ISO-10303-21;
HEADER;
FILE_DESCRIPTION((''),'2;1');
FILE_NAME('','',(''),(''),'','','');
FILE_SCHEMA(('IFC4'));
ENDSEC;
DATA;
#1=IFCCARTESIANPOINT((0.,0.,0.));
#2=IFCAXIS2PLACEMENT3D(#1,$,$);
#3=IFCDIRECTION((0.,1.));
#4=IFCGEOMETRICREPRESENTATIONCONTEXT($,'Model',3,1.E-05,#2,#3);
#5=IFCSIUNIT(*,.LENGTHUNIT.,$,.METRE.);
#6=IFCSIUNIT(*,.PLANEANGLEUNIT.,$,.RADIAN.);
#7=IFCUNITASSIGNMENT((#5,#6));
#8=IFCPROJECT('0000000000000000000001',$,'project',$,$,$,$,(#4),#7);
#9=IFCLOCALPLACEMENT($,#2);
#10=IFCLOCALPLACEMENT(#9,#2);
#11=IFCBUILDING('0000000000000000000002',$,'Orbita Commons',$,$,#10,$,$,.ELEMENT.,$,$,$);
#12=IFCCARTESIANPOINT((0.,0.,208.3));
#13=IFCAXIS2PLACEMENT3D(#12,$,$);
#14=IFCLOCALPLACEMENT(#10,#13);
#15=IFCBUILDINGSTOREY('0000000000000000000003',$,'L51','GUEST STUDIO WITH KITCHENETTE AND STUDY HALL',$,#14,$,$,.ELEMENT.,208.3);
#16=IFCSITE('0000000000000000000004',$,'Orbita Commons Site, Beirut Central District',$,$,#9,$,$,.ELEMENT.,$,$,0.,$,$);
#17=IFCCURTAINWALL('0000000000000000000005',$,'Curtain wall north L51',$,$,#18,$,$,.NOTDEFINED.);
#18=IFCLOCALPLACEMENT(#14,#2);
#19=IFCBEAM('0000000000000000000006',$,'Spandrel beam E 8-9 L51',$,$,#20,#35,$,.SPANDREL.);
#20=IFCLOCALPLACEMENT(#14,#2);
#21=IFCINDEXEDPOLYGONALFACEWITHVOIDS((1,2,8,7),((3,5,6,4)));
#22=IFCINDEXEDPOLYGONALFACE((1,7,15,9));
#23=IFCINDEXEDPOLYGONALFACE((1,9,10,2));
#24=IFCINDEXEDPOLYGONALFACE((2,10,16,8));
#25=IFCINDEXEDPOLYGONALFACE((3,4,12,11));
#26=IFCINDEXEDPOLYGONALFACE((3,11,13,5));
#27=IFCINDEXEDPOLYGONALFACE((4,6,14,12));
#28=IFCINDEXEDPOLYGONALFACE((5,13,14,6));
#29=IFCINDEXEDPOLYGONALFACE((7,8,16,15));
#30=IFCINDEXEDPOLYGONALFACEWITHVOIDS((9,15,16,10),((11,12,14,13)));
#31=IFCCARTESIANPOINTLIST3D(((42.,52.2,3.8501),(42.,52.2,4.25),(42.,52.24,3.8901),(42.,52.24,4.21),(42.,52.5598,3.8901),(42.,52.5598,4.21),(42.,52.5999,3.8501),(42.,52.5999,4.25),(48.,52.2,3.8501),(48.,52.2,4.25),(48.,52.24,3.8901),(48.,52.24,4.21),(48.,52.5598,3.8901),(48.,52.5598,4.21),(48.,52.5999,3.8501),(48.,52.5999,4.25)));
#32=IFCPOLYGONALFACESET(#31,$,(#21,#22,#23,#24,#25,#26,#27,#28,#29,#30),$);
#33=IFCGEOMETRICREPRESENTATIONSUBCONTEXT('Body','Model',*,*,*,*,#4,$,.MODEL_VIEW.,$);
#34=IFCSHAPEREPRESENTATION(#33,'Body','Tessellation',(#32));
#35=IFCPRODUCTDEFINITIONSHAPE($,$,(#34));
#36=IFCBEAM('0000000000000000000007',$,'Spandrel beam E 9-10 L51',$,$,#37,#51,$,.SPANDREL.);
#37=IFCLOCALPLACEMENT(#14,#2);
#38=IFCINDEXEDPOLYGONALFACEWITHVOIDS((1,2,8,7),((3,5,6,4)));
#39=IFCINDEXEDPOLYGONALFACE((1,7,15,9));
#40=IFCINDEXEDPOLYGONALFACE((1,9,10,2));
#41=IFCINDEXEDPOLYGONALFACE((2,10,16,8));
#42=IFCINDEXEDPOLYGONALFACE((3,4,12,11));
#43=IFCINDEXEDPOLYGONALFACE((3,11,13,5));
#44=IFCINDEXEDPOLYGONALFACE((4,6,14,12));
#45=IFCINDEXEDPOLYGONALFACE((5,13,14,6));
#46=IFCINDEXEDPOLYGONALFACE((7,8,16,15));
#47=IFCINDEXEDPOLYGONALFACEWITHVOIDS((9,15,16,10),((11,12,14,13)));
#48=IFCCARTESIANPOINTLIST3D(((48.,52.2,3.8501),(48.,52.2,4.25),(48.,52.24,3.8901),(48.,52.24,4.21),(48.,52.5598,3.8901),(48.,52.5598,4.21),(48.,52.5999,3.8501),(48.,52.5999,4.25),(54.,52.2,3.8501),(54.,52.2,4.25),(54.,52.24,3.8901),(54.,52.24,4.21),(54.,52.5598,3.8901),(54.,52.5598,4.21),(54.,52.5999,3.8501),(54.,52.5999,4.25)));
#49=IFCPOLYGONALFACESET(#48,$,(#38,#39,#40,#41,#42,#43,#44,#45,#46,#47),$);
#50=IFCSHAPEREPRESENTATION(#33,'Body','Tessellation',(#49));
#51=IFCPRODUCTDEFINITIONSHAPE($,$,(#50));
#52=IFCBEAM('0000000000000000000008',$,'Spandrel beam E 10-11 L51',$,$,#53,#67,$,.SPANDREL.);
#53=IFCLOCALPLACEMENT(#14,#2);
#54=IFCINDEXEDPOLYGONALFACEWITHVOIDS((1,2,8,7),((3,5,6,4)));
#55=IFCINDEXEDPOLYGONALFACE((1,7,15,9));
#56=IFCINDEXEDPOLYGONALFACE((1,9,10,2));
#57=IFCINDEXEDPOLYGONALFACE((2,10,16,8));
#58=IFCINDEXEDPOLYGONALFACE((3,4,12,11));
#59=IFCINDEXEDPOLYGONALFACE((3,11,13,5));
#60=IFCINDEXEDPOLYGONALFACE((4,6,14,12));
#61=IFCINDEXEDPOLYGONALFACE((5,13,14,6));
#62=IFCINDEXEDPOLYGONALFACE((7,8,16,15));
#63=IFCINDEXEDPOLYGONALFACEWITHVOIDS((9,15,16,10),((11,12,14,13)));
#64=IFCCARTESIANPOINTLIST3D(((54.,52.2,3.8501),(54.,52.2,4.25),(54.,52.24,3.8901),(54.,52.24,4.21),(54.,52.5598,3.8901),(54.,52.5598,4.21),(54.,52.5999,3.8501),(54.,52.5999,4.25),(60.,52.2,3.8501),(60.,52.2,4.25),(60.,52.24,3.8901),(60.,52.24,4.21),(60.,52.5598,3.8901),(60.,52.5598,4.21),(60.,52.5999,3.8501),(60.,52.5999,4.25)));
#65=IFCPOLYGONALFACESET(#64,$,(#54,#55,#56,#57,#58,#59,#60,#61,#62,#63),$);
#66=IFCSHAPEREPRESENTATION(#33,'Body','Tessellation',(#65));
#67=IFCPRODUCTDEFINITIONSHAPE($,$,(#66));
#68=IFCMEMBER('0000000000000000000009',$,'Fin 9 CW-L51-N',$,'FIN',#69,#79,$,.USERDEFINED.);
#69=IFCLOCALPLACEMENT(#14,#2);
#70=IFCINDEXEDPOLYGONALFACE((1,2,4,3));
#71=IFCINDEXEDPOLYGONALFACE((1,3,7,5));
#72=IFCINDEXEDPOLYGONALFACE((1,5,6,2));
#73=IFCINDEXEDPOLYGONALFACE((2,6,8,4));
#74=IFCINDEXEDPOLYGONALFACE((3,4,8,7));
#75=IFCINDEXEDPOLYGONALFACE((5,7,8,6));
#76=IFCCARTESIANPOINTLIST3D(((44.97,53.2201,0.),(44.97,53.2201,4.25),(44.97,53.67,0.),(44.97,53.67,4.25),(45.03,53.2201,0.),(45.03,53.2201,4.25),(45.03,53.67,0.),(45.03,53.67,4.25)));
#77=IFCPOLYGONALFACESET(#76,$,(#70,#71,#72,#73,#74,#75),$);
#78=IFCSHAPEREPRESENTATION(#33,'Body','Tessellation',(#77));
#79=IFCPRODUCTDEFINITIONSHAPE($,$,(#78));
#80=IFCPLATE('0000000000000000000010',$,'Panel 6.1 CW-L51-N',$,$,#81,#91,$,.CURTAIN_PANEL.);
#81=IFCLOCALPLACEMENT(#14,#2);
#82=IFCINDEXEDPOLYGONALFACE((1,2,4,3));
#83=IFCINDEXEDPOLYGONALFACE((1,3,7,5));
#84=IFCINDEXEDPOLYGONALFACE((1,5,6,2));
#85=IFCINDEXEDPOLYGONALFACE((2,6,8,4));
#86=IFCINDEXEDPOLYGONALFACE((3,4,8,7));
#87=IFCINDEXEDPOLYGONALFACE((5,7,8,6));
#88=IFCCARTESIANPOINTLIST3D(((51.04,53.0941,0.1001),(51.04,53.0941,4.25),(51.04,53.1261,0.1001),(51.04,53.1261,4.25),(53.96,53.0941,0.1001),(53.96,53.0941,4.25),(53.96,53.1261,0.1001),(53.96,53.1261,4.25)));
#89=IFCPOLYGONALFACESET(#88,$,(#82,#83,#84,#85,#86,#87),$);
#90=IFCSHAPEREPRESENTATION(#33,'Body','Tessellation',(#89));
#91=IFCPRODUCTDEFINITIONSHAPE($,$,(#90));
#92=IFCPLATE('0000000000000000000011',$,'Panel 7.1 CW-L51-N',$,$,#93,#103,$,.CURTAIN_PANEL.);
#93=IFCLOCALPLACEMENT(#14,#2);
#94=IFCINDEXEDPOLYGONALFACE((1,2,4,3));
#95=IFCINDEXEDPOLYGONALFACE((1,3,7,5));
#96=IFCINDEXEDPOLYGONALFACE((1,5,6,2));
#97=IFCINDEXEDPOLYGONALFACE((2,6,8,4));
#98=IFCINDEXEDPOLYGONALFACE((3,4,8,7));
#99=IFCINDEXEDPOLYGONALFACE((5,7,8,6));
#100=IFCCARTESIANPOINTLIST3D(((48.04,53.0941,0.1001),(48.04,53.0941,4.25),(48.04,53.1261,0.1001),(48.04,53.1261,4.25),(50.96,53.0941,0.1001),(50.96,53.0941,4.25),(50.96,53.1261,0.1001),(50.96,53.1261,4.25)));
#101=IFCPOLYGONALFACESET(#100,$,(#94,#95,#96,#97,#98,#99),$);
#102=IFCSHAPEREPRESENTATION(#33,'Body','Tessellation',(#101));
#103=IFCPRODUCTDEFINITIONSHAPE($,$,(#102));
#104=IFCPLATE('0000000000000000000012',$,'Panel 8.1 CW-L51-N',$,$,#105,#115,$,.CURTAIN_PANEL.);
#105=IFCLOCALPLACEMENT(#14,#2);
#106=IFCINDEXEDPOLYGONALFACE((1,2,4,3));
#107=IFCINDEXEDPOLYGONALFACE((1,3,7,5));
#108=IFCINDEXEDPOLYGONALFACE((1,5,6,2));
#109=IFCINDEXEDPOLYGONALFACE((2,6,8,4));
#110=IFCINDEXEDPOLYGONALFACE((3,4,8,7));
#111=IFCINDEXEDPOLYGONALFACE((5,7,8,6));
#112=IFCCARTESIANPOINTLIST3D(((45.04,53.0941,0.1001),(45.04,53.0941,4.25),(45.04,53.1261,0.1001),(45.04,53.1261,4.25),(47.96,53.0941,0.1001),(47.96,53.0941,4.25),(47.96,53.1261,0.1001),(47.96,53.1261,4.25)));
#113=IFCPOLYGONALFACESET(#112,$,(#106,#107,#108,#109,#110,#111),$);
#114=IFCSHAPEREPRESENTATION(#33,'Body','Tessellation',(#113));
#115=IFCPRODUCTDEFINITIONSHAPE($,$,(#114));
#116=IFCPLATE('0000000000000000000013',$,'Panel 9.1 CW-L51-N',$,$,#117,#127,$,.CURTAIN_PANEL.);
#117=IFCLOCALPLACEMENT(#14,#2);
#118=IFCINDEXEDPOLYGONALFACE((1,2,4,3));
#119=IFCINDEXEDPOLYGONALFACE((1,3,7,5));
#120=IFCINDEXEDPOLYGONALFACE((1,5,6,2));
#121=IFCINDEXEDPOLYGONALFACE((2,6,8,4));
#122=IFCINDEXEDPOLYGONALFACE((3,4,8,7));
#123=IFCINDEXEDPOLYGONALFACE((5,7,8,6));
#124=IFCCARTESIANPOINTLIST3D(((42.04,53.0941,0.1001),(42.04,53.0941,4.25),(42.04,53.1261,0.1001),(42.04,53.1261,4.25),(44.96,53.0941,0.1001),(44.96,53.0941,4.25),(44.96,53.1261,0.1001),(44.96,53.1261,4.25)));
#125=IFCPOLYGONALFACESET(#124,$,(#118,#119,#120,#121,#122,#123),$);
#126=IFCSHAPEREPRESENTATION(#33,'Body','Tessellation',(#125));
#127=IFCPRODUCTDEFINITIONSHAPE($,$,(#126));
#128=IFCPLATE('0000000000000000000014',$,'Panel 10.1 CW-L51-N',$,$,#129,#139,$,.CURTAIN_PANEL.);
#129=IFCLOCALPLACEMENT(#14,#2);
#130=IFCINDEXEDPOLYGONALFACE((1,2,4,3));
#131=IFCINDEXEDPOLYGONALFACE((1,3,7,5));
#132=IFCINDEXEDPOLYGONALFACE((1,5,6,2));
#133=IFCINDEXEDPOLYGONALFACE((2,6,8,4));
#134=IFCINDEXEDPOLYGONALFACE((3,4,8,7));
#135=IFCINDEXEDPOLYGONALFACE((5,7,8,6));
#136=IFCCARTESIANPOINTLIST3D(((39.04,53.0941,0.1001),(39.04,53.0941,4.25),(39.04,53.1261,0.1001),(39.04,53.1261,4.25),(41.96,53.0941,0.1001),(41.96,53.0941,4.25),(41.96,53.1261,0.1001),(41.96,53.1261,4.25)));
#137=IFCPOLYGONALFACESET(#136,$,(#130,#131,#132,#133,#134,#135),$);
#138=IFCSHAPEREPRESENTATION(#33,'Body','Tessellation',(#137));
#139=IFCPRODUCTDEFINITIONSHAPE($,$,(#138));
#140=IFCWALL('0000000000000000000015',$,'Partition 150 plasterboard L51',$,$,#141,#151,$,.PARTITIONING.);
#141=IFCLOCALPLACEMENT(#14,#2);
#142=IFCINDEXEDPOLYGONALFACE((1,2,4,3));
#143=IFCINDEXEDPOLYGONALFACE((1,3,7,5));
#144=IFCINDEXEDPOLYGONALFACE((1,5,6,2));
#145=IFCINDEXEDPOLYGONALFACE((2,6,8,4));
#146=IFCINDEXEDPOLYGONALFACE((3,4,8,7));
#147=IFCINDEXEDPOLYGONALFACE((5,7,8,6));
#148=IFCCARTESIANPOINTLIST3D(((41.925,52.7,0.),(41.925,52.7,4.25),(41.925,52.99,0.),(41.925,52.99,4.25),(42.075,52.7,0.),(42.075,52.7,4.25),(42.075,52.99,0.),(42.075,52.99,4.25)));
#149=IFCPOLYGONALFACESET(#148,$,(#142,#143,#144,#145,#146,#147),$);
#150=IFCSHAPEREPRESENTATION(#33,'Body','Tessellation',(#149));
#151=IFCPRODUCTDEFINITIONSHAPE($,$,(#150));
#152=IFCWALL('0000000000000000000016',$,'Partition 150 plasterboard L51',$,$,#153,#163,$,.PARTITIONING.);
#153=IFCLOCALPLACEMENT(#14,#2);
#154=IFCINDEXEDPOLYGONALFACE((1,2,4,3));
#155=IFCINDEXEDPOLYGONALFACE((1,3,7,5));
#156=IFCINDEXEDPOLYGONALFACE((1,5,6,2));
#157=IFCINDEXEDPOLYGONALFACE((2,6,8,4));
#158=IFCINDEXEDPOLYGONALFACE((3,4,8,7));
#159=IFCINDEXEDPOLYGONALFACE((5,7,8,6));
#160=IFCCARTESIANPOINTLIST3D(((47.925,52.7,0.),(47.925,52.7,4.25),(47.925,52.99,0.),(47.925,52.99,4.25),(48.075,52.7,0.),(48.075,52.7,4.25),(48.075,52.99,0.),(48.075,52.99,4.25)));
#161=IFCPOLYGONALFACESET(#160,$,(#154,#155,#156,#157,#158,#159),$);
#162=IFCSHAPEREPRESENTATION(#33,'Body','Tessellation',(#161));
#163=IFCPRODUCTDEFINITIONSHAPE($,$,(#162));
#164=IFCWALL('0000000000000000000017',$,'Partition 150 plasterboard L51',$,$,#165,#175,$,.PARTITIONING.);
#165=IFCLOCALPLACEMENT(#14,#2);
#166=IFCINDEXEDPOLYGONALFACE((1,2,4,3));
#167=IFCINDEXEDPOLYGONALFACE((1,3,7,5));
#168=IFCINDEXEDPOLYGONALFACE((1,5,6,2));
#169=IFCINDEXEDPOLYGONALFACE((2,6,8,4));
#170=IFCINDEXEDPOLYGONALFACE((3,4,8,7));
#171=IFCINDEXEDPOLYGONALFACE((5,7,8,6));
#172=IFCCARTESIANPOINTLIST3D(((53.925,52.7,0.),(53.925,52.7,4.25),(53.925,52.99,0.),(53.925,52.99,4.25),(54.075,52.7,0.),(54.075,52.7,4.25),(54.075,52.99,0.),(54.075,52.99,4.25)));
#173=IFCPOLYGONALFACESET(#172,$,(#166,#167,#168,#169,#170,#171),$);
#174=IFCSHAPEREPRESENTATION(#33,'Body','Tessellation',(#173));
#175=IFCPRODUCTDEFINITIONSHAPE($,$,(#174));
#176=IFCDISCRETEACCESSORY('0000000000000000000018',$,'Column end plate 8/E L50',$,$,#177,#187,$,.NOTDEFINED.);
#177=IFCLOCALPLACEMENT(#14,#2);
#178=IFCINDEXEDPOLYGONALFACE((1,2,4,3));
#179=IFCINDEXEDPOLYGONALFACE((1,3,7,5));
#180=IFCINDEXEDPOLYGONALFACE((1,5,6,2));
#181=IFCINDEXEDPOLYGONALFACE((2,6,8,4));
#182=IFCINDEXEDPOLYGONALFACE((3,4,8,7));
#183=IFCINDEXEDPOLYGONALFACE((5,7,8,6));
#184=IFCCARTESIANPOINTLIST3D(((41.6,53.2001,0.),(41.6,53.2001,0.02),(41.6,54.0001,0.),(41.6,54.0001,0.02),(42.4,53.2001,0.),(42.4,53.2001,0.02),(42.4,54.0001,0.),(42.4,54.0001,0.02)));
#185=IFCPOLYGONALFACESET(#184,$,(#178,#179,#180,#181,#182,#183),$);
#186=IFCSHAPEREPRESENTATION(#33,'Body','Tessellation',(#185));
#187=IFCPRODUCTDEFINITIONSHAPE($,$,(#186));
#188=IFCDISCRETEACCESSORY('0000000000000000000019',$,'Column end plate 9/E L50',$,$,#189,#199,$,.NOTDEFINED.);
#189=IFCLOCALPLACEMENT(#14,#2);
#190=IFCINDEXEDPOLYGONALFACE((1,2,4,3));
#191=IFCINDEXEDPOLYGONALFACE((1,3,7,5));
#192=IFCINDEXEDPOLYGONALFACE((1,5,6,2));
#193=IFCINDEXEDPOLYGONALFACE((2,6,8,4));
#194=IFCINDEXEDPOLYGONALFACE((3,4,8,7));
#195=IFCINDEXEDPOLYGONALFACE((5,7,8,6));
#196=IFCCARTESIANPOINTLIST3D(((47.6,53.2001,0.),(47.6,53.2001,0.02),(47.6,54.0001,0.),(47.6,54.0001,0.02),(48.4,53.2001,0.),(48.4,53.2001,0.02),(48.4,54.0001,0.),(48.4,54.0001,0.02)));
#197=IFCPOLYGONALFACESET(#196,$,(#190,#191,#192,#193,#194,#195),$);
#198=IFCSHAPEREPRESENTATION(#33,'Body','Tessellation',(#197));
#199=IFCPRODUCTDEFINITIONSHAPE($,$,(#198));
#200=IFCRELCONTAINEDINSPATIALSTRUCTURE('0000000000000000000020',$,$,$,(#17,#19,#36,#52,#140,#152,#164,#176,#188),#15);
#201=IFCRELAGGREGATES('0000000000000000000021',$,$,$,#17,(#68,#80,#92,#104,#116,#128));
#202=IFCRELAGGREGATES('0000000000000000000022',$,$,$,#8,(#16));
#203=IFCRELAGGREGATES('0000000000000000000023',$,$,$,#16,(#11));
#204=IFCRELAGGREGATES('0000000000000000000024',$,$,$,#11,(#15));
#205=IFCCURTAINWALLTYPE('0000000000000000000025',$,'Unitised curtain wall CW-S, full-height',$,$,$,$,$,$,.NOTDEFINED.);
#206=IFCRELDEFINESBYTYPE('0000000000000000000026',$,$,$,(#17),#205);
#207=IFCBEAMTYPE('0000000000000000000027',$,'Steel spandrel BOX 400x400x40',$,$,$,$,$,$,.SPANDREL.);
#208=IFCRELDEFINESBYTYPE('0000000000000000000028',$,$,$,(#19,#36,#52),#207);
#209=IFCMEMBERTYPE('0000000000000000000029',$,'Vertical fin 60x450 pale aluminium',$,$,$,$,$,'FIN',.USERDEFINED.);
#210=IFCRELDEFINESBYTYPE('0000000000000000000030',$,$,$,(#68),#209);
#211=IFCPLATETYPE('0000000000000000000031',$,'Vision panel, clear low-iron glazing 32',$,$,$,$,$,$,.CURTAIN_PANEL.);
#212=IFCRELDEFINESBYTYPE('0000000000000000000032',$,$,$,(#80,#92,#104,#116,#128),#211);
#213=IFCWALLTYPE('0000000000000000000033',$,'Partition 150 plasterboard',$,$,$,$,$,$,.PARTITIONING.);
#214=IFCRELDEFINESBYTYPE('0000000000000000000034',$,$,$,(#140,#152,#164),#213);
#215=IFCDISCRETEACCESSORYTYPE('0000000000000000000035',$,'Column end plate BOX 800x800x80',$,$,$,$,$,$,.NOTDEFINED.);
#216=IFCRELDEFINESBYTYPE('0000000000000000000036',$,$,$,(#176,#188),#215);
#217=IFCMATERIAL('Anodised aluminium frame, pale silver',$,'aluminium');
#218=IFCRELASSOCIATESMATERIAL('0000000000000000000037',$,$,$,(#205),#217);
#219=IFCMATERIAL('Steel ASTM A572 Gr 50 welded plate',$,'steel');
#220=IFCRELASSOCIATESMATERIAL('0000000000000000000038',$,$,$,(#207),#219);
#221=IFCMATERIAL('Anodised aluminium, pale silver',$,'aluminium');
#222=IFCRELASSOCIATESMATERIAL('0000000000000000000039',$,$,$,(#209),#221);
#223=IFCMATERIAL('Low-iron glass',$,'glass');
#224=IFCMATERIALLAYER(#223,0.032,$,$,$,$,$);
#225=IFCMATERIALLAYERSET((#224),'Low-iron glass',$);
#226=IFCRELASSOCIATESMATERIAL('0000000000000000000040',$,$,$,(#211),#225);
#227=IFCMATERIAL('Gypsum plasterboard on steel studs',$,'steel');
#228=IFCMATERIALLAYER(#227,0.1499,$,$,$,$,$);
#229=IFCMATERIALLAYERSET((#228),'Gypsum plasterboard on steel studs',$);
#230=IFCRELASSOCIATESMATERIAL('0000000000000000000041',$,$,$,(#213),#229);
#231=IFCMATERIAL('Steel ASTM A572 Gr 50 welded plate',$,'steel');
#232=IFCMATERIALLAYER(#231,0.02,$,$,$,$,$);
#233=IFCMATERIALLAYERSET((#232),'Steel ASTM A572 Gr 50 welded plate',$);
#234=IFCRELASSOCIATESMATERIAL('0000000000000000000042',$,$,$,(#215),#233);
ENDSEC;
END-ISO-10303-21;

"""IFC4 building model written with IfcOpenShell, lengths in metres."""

from ifc_helpers import new_model, si_unit, direction, frame, frame_2d, origin, origin_2d, place, context, subcontext, project, spatial, rectangle, hollow_rectangle, extrude, material, layer, layer_set, material_profile, profile_set, type_object, element, aggregate, save


model = new_model("IFC4")

# Units and contexts
model_context = context("Model", 3, precision=1e-05, world=origin(), true_north=direction((0.0, 1.0)))
body_context = subcontext(model_context, "Body", "Model", "MODEL_VIEW")
ifc_project = project(units=[si_unit("LENGTHUNIT", "METRE"), si_unit("PLANEANGLEUNIT", "RADIAN")], contexts=[model_context])

# Site, building, storey
site_placement = place(None, origin())
site = spatial("IfcSite", under=ifc_project, at=site_placement, Name="Orbita Commons Site, Beirut Central District", CompositionType="ELEMENT", RefElevation=0.0)
building_placement = place(site_placement, origin())
building = spatial("IfcBuilding", under=site, at=building_placement, Name="Orbita Commons", CompositionType="ELEMENT")
storey_placement = place(building_placement, frame((0.0, 0.0, 208.3)))
storey = spatial("IfcBuildingStorey", under=building, at=storey_placement, Name="L51", Description="GUEST STUDIO WITH KITCHENETTE AND STUDY HALL", CompositionType="ELEMENT", Elevation=208.3)

# Curtain wall
ifc_material_1 = material(Name="Anodised aluminium frame, pale silver", Category="aluminium")
curtain_wall_type = type_object("IfcCurtainWallType", Name="Unitised curtain wall CW-S, full-height", PredefinedType="NOTDEFINED", material=ifc_material_1)
curtain_wall_placement = place(storey_placement, origin())
curtain_wall = element("IfcCurtainWall", 1, at=curtain_wall_placement, inside=storey, type_object=curtain_wall_type, Name="Curtain wall north L51", PredefinedType="NOTDEFINED")

# Beams
ifc_material_2 = material(Name="Steel ASTM A572 Gr 50 welded plate", Category="steel")
ifc_material_profile_1 = material_profile(ifc_material_2, hollow_rectangle(XDim=0.3999, YDim=0.3999, WallThickness=0.04, at=origin_2d()), Name="BOX 400x400x40")
ifc_profile_set_1 = profile_set([ifc_material_profile_1], Name="Steel ASTM A572 Gr 50 welded plate")
beam_type = type_object("IfcBeamType", Name="Steel spandrel BOX 400x400x40", PredefinedType="SPANDREL", material=ifc_profile_set_1)
for number, where, z_axis, x_axis, name in (
    (2, (42.0, 52.3999, 4.05), (1.0, 0.0, 0.0), (0.0, 1.0, 0.0), "Spandrel beam E 8-9 L51"),
    (3, (48.0, 52.3999, 4.05), (1.0, 0.0, 0.0), (0.0, 1.0, 0.0), "Spandrel beam E 9-10 L51"),
    (4, (54.0, 52.3999, 4.05), (1.0, 0.0, 0.0), (0.0, 1.0, 0.0), "Spandrel beam E 10-11 L51"),
):
    element("IfcBeam", number, at=place(storey_placement, frame(where, z_axis=z_axis, x_axis=x_axis)), inside=storey, type_object=beam_type, Name=name, PredefinedType="SPANDREL", context=body_context, shape_type="SweptSolid", body=[
        extrude(hollow_rectangle(XDim=0.3999, YDim=0.3999, WallThickness=0.04, at=origin_2d()), origin(), (0.0, 0.0, 1.0), 6.0),
    ])

# Member
ifc_material_3 = material(Name="Anodised aluminium, pale silver", Category="aluminium")
ifc_material_profile_2 = material_profile(ifc_material_3, rectangle(XDim=0.0601, YDim=0.45, at=origin_2d()), Name="FIN 60x450")
ifc_profile_set_2 = profile_set([ifc_material_profile_2], Name="Anodised aluminium, pale silver")
member_type_1 = type_object("IfcMemberType", Name="Vertical fin 60x450 pale aluminium", ElementType="FIN", PredefinedType="USERDEFINED", material=ifc_profile_set_2)
member_1_placement = place(storey_placement, frame((45.0, 53.4451, 0.0), z_axis=(0.0, 0.0, 1.0), x_axis=(-1.0, 0.0, 0.0)))
member_1 = element("IfcMember", 5, at=member_1_placement, type_object=member_type_1, Name="Fin 9 CW-L51-N", ObjectType="FIN", PredefinedType="USERDEFINED", context=body_context, shape_type="SweptSolid", body=[
    extrude(rectangle(XDim=0.0601, YDim=0.45, at=origin_2d()), origin(), (0.0, 0.0, 1.0), 4.25),
])

# Plates
ifc_material_4 = material(Name="Low-iron glass", Category="glass")
ifc_layer_1 = layer(ifc_material_4, 0.032)
ifc_layer_set_1 = layer_set([ifc_layer_1], Name="Low-iron glass")
plate_type = type_object("IfcPlateType", Name="Vision panel, clear low-iron glazing 32", PredefinedType="CURTAIN_PANEL", material=ifc_layer_set_1)
plate_1_placement = place(storey_placement, frame((52.5, 53.1101, 0.1001), z_axis=(0.0, 0.0, 1.0), x_axis=(-1.0, 0.0, 0.0)))
plate_1 = element("IfcPlate", 6, at=plate_1_placement, type_object=plate_type, Name="Panel 6.1 CW-L51-N", PredefinedType="CURTAIN_PANEL", context=body_context, shape_type="SweptSolid", body=[
    extrude(rectangle(XDim=2.9199, YDim=0.032, at=origin_2d()), origin(), (0.0, 0.0, 1.0), 4.1499),
])
plate_2_placement = place(storey_placement, frame((49.5, 53.1101, 0.1001), z_axis=(0.0, 0.0, 1.0), x_axis=(-1.0, 0.0, 0.0)))
plate_2 = element("IfcPlate", 7, at=plate_2_placement, type_object=plate_type, Name="Panel 7.1 CW-L51-N", PredefinedType="CURTAIN_PANEL", context=body_context, shape_type="SweptSolid", body=[
    extrude(rectangle(XDim=2.9199, YDim=0.032, at=origin_2d()), origin(), (0.0, 0.0, 1.0), 4.1499),
])
plate_3_placement = place(storey_placement, frame((46.5, 53.1101, 0.1001), z_axis=(0.0, 0.0, 1.0), x_axis=(-1.0, 0.0, 0.0)))
plate_3 = element("IfcPlate", 8, at=plate_3_placement, type_object=plate_type, Name="Panel 8.1 CW-L51-N", PredefinedType="CURTAIN_PANEL", context=body_context, shape_type="SweptSolid", body=[
    extrude(rectangle(XDim=2.9199, YDim=0.032, at=origin_2d()), origin(), (0.0, 0.0, 1.0), 4.1499),
])
plate_4_placement = place(storey_placement, frame((43.5, 53.1101, 0.1001), z_axis=(0.0, 0.0, 1.0), x_axis=(-1.0, 0.0, 0.0)))
plate_4 = element("IfcPlate", 9, at=plate_4_placement, type_object=plate_type, Name="Panel 9.1 CW-L51-N", PredefinedType="CURTAIN_PANEL", context=body_context, shape_type="SweptSolid", body=[
    extrude(rectangle(XDim=2.9199, YDim=0.032, at=origin_2d()), origin(), (0.0, 0.0, 1.0), 4.1499),
])
plate_5_placement = place(storey_placement, frame((40.5, 53.1101, 0.1001), z_axis=(0.0, 0.0, 1.0), x_axis=(-1.0, 0.0, 0.0)))
plate_5 = element("IfcPlate", 10, at=plate_5_placement, type_object=plate_type, Name="Panel 10.1 CW-L51-N", PredefinedType="CURTAIN_PANEL", context=body_context, shape_type="SweptSolid", body=[
    extrude(rectangle(XDim=2.9199, YDim=0.032, at=origin_2d()), origin(), (0.0, 0.0, 1.0), 4.1499),
])
aggregate(curtain_wall, [member_1, plate_1, plate_2, plate_3, plate_4, plate_5])

# Walls
ifc_material_5 = material(Name="Gypsum plasterboard on steel studs", Category="steel")
ifc_layer_2 = layer(ifc_material_5, 0.1499)
ifc_layer_set_2 = layer_set([ifc_layer_2], Name="Gypsum plasterboard on steel studs")
wall_type = type_object("IfcWallType", Name="Partition 150 plasterboard", PredefinedType="PARTITIONING", material=ifc_layer_set_2)
for number, where, z_axis, x_axis, name in (
    (11, (42.0, 52.7, 0.0), (0.0, 0.0, 1.0), (0.0, 1.0, 0.0), "Partition 150 plasterboard L51"),
    (12, (48.0, 52.7, 0.0), (0.0, 0.0, 1.0), (0.0, 1.0, 0.0), "Partition 150 plasterboard L51"),
    (13, (54.0, 52.7, 0.0), (0.0, 0.0, 1.0), (0.0, 1.0, 0.0), "Partition 150 plasterboard L51"),
):
    element("IfcWall", number, at=place(storey_placement, frame(where, z_axis=z_axis, x_axis=x_axis)), inside=storey, type_object=wall_type, Name=name, PredefinedType="PARTITIONING", context=body_context, shape_type="SweptSolid", body=[
        extrude(rectangle(XDim=0.29, YDim=0.1499, at=frame_2d((0.145, 0.0))), origin(), (0.0, 0.0, 1.0), 4.25),
    ])

# Discrete accessories
ifc_material_6 = material(Name="Steel ASTM A572 Gr 50 welded plate", Category="steel")
ifc_layer_3 = layer(ifc_material_6, 0.02)
ifc_layer_set_3 = layer_set([ifc_layer_3], Name="Steel ASTM A572 Gr 50 welded plate")
discrete_accessory_type = type_object("IfcDiscreteAccessoryType", Name="Column end plate BOX 800x800x80", PredefinedType="NOTDEFINED", material=ifc_layer_set_3)
for number, where, z_axis, x_axis, name in (
    (14, (42.0, 53.6001, 0.0), (0.0, 0.0, 1.0), (1.0, 0.0, 0.0), "Column end plate 8/E L50"),
    (15, (48.0, 53.6001, 0.0), (0.0, 0.0, 1.0), (1.0, 0.0, 0.0), "Column end plate 9/E L50"),
):
    element("IfcDiscreteAccessory", number, at=place(storey_placement, frame(where, z_axis=z_axis, x_axis=x_axis)), inside=storey, type_object=discrete_accessory_type, Name=name, PredefinedType="NOTDEFINED", context=body_context, shape_type="SweptSolid", body=[
        extrude(rectangle(XDim=0.8, YDim=0.8, at=origin_2d()), origin(), (0.0, 0.0, 1.0), 0.02),
    ])

save(model, "model.ifc")
